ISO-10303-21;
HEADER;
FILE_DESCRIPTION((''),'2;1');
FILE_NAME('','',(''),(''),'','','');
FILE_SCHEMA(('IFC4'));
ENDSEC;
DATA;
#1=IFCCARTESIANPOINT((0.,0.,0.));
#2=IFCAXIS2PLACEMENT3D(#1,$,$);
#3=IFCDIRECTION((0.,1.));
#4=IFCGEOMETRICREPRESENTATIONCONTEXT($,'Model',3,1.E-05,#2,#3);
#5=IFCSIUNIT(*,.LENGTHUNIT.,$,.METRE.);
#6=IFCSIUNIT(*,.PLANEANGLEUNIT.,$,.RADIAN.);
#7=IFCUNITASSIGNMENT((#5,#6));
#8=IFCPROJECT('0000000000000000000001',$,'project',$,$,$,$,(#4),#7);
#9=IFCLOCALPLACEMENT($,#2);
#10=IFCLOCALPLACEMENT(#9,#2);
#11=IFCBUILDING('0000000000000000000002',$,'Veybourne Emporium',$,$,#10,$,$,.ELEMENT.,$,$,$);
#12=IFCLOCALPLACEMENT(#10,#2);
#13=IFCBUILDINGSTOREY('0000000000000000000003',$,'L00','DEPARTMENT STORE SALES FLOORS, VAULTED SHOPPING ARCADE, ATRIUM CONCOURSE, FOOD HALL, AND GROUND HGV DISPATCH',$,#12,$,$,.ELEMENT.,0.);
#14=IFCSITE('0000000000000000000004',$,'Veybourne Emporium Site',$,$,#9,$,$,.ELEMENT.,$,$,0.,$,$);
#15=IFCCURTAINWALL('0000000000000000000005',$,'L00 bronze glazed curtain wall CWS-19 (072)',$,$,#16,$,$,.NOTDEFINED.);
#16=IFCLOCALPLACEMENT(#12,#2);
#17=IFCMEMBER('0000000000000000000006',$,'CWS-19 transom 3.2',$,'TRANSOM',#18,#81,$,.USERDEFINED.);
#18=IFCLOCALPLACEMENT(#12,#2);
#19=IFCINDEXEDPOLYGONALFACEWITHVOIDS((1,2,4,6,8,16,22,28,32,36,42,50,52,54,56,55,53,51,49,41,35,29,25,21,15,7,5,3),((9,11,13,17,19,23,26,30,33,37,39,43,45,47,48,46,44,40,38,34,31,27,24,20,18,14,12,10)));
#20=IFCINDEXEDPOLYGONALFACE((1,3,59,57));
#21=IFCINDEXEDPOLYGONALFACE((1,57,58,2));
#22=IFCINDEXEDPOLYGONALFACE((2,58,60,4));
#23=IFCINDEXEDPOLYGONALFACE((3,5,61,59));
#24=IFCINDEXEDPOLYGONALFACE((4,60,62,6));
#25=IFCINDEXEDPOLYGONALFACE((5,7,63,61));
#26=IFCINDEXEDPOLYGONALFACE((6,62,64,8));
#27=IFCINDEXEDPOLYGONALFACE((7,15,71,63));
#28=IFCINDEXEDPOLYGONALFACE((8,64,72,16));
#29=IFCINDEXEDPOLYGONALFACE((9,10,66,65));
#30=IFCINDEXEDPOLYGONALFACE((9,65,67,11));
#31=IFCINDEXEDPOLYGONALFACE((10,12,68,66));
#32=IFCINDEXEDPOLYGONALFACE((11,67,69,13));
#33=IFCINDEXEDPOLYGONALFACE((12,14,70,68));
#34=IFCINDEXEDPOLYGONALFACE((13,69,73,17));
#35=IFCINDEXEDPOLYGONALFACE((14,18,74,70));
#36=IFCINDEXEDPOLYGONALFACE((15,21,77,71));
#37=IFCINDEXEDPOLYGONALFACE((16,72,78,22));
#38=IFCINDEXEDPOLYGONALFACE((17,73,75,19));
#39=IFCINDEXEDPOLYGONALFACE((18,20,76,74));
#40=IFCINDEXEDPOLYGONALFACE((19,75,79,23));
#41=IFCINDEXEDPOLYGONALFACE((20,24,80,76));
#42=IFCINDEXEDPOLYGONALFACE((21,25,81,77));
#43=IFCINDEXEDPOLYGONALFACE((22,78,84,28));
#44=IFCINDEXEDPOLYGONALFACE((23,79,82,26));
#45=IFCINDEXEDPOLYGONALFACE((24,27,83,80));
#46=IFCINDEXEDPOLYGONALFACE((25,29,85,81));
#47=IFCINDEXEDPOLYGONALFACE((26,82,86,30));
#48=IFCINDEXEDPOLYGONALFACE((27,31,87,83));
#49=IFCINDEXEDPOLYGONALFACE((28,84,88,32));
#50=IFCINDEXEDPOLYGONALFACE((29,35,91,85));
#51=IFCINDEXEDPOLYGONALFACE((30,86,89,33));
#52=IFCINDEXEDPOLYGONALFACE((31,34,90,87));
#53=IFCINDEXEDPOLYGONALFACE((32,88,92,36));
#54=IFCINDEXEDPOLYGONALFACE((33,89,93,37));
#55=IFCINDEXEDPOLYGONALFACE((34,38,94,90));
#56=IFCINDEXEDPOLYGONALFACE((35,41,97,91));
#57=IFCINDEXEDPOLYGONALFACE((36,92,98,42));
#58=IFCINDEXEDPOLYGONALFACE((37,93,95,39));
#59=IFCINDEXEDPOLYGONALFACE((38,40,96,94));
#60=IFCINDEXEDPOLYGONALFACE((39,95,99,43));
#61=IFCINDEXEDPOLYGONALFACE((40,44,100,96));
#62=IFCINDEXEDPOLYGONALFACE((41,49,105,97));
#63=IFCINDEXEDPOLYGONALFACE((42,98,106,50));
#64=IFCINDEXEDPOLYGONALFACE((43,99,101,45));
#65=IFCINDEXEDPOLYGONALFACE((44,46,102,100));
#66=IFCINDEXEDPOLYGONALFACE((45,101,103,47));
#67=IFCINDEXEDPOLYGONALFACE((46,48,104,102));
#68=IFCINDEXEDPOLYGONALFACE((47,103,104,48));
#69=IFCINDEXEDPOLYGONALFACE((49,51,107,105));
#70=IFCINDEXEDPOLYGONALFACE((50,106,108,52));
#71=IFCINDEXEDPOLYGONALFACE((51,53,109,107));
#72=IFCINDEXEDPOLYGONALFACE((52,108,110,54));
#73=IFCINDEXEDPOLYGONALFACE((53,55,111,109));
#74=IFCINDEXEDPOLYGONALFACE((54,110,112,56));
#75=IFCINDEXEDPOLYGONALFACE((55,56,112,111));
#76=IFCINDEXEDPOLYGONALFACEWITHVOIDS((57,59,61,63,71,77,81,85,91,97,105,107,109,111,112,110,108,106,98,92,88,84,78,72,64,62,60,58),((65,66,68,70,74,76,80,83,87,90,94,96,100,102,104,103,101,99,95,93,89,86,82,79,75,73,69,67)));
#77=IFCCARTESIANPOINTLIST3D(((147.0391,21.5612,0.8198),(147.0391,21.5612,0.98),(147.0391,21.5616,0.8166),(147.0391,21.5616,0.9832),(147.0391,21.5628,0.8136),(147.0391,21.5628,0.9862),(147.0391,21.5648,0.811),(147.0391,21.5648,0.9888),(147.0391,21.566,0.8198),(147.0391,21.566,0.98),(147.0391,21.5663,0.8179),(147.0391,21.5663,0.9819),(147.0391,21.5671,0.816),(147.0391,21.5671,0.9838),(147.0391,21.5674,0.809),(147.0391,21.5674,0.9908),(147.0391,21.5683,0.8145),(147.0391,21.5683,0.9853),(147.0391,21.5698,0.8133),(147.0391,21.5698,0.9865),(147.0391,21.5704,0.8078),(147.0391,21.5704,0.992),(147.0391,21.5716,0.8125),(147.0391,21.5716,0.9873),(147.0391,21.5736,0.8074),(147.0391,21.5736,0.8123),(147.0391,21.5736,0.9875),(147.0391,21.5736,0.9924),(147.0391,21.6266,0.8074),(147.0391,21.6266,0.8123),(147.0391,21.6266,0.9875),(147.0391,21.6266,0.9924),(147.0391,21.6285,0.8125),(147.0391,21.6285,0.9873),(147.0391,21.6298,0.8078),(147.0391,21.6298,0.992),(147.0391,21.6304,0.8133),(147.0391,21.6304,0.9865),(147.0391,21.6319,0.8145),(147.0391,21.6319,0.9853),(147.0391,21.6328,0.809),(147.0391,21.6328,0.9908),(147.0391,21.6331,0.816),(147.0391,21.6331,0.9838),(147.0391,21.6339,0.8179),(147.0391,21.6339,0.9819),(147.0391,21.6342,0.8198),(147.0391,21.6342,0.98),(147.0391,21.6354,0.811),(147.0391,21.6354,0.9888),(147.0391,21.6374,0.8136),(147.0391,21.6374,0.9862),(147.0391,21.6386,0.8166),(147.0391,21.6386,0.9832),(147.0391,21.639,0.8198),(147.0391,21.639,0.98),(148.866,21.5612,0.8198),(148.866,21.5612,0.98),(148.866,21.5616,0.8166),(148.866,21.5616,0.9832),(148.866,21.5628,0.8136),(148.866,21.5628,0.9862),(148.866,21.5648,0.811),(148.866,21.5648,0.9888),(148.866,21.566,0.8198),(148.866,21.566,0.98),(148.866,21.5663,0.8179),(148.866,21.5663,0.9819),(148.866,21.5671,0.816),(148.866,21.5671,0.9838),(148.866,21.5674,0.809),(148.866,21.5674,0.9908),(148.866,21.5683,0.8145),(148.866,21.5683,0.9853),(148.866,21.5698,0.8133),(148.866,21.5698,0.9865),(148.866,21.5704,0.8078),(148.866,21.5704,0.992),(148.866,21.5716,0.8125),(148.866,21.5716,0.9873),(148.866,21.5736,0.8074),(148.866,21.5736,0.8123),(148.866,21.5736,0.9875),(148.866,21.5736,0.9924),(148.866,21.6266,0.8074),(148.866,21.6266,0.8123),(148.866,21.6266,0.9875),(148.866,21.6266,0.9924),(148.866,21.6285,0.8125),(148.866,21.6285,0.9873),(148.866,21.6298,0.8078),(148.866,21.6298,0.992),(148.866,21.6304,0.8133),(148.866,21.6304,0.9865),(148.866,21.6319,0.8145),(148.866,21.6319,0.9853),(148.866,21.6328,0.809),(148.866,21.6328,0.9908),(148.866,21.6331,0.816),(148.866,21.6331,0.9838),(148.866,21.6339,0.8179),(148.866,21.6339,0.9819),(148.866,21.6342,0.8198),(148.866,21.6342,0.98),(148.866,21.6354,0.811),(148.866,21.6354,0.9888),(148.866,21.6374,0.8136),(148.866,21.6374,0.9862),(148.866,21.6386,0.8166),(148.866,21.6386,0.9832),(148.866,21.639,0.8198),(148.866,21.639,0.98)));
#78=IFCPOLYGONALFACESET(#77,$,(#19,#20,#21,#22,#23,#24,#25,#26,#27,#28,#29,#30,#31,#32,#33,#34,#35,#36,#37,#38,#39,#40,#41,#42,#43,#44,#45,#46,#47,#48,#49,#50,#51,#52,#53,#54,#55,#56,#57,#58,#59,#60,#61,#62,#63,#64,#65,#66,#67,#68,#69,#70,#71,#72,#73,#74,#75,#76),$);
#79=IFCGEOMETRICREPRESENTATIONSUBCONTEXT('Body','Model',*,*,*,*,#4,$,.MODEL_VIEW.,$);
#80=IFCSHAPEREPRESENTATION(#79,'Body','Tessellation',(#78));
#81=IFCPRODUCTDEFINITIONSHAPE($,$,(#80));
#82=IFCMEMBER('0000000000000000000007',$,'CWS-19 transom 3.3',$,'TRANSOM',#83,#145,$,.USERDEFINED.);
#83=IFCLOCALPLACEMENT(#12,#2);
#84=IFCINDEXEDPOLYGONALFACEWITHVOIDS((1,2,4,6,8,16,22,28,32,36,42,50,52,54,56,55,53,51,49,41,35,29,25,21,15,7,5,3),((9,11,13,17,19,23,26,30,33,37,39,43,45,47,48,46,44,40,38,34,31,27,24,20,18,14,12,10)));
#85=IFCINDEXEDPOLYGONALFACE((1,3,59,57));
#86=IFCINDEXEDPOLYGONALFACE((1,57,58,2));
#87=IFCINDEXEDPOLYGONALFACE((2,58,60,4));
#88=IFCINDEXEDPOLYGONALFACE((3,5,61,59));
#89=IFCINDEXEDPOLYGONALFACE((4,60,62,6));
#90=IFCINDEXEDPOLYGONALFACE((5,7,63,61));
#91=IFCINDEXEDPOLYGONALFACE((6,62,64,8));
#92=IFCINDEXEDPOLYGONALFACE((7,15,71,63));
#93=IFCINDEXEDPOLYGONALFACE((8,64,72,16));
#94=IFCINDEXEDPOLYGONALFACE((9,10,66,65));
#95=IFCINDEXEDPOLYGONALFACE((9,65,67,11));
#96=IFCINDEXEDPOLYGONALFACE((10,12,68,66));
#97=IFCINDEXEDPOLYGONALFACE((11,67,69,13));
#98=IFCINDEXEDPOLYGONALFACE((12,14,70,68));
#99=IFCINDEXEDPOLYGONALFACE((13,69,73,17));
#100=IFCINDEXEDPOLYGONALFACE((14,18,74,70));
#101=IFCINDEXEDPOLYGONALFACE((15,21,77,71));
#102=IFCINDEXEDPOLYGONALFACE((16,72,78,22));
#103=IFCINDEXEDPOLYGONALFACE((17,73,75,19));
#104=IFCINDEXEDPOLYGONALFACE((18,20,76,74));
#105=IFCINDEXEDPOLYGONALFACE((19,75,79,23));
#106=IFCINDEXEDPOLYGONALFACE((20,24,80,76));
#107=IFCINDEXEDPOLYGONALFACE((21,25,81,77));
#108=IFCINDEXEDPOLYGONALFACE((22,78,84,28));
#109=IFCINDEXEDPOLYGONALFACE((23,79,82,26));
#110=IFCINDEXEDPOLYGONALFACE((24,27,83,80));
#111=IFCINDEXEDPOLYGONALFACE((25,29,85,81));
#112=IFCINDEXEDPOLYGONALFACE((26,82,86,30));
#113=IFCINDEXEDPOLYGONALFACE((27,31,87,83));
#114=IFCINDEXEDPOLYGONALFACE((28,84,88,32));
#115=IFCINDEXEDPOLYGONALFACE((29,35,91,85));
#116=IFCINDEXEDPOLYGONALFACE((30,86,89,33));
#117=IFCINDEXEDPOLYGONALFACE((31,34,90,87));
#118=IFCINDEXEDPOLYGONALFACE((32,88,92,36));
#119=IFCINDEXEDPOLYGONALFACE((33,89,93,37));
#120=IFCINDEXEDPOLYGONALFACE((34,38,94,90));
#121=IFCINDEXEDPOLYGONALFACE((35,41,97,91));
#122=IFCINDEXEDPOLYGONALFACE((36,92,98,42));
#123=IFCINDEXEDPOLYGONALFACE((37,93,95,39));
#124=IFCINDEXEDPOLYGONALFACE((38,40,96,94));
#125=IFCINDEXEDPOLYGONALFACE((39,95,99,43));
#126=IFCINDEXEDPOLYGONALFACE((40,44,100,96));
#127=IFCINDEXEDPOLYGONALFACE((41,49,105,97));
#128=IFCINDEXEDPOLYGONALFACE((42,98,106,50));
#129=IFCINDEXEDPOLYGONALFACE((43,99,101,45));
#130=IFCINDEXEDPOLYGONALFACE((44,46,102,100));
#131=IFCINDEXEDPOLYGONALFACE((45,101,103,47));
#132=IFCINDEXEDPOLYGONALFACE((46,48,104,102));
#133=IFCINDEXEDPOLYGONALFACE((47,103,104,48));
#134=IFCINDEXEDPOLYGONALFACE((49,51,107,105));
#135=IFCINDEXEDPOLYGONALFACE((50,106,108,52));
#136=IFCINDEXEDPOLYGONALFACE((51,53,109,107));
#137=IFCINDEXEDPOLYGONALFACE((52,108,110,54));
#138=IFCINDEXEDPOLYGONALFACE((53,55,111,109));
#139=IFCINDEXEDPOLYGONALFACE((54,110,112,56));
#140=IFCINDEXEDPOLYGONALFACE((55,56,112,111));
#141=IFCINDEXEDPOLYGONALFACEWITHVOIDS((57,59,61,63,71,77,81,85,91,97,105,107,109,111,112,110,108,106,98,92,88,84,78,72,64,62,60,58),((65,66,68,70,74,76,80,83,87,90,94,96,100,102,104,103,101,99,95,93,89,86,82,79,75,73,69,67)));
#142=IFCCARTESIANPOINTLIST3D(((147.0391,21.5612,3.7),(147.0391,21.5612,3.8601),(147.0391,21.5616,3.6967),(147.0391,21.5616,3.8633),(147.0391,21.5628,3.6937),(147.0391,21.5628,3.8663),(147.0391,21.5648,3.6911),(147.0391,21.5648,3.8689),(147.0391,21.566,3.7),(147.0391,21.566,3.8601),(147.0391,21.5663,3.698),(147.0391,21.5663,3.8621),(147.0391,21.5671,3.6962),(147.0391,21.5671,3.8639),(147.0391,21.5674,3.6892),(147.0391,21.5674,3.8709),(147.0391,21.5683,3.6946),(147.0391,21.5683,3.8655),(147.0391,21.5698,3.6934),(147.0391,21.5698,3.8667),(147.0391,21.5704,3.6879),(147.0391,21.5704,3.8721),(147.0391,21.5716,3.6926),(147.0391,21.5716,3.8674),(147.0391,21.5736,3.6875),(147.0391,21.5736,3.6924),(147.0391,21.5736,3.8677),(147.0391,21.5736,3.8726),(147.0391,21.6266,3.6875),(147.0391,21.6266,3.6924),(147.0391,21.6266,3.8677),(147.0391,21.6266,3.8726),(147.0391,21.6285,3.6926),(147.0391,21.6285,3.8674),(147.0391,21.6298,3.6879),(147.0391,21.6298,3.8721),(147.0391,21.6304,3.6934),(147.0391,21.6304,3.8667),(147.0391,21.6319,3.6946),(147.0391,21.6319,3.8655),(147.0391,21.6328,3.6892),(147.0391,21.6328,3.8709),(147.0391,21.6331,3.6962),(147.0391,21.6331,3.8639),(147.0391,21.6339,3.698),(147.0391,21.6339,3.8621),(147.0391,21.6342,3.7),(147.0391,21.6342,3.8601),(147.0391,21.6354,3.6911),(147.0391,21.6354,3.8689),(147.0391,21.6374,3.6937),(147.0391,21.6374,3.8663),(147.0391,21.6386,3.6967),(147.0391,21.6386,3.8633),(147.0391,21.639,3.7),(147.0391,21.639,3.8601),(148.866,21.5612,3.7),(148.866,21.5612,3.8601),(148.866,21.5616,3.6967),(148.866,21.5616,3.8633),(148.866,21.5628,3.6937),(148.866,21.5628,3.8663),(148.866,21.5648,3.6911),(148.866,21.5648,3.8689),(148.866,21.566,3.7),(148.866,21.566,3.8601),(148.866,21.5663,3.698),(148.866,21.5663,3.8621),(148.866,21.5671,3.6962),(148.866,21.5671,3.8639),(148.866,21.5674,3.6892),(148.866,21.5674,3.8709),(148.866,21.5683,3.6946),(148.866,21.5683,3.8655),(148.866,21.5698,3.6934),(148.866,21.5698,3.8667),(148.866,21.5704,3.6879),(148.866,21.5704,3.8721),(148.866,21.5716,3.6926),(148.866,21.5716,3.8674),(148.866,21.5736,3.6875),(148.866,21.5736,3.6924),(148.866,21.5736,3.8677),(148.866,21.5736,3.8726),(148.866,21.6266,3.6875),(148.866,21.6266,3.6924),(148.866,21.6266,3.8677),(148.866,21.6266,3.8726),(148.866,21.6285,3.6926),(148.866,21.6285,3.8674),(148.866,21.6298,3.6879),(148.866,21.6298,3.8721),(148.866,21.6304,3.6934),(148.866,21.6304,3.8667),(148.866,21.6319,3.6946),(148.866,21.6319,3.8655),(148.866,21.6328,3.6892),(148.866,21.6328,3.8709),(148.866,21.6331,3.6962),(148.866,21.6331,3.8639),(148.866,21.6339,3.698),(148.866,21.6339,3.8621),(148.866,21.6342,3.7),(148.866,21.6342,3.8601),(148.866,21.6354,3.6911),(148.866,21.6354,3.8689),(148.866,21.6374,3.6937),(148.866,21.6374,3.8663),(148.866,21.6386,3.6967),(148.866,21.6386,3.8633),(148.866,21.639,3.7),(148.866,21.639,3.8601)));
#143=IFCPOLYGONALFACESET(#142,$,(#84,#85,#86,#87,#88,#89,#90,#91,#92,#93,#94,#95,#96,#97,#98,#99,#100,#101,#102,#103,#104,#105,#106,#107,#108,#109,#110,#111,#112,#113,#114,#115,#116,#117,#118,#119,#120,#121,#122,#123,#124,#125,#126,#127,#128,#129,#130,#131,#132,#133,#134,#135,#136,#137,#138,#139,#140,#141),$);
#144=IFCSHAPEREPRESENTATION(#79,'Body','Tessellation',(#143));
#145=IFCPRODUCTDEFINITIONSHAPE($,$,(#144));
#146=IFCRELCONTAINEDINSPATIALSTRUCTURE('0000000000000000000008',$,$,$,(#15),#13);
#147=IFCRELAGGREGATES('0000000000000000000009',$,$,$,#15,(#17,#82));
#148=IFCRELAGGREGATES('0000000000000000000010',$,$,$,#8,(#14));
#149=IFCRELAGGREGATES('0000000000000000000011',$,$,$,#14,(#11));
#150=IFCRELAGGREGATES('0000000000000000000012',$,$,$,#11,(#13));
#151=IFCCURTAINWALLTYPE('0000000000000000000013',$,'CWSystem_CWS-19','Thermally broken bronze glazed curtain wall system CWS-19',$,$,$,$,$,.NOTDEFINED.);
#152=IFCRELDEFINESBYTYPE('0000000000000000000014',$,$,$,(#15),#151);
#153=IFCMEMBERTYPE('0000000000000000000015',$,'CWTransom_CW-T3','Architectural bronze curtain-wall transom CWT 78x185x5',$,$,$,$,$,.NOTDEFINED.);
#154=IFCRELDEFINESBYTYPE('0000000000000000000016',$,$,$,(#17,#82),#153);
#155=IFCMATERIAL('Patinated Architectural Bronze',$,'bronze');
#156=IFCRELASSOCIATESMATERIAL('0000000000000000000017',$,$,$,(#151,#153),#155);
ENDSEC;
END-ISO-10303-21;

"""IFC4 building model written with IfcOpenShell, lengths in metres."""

from ifc_helpers import new_model, si_unit, direction, frame, origin, origin_2d, place, context, subcontext, project, spatial, hollow_rectangle, extrude, material, material_profile, profile_set, type_object, element, aggregate, save


model = new_model("IFC4")

# Units and contexts
model_context = context("Model", 3, precision=1e-05, world=origin(), true_north=direction((0.0, 1.0)))
body_context = subcontext(model_context, "Body", "Model", "MODEL_VIEW")
ifc_project = project(units=[si_unit("LENGTHUNIT", "METRE"), si_unit("PLANEANGLEUNIT", "RADIAN")], contexts=[model_context])

# Site, building, storey
site_placement = place(None, origin())
site = spatial("IfcSite", under=ifc_project, at=site_placement, Name="Veybourne Emporium Site", CompositionType="ELEMENT", RefElevation=0.0)
building_placement = place(site_placement, origin())
building = spatial("IfcBuilding", under=site, at=building_placement, Name="Veybourne Emporium", CompositionType="ELEMENT")
storey_placement = place(building_placement, origin())
storey = spatial("IfcBuildingStorey", under=building, at=storey_placement, Name="L00", Description="DEPARTMENT STORE SALES FLOORS, VAULTED SHOPPING ARCADE, ATRIUM CONCOURSE, FOOD HALL, AND GROUND HGV DISPATCH", CompositionType="ELEMENT", Elevation=0.0)

# Curtain wall, members
ifc_material_1 = material(Name="Patinated Architectural Bronze", Category="bronze")
curtain_wall_type = type_object("IfcCurtainWallType", Name="CWSystem_CWS-19", Description="Thermally broken bronze glazed curtain wall system CWS-19", PredefinedType="NOTDEFINED", material=ifc_material_1)
curtain_wall_placement = place(storey_placement, origin())
curtain_wall = element("IfcCurtainWall", 1, at=curtain_wall_placement, inside=storey, type_object=curtain_wall_type, Name="L00 bronze glazed curtain wall CWS-19 (072)", PredefinedType="NOTDEFINED")
ifc_material_profile_1 = material_profile(ifc_material_1, hollow_rectangle(XDim=0.0779, YDim=0.1851, WallThickness=0.0049, InnerFilletRadius=0.0076, OuterFilletRadius=0.0125, at=origin_2d()), Name="CWT 78x185x5")
ifc_profile_set_1 = profile_set([ifc_material_profile_1], Name="Patinated Architectural Bronze")
member_type_1 = type_object("IfcMemberType", Name="CWTransom_CW-T3", Description="Architectural bronze curtain-wall transom CWT 78x185x5", PredefinedType="NOTDEFINED", material=ifc_profile_set_1)
member_1_placement = place(storey_placement, frame((147.0391, 21.6001, 0.8999), z_axis=(1.0, 0.0, 0.0), x_axis=(0.0, 1.0, 0.0)))
member_1 = element("IfcMember", 2, at=member_1_placement, type_object=member_type_1, Name="CWS-19 transom 3.2", ObjectType="TRANSOM", PredefinedType="USERDEFINED", context=body_context, shape_type="SweptSolid", body=[
    extrude(hollow_rectangle(XDim=0.0779, YDim=0.1851, WallThickness=0.0049, InnerFilletRadius=0.0076, OuterFilletRadius=0.0125, at=origin_2d()), origin(), (0.0, 0.0, 1.0), 1.8269),
])
member_2_placement = place(storey_placement, frame((147.0391, 21.6001, 3.78), z_axis=(1.0, 0.0, 0.0), x_axis=(0.0, 1.0, 0.0)))
member_2 = element("IfcMember", 3, at=member_2_placement, type_object=member_type_1, Name="CWS-19 transom 3.3", ObjectType="TRANSOM", PredefinedType="USERDEFINED", context=body_context, shape_type="SweptSolid", body=[
    extrude(hollow_rectangle(XDim=0.0779, YDim=0.1851, WallThickness=0.0049, InnerFilletRadius=0.0076, OuterFilletRadius=0.0125, at=origin_2d()), origin(), (0.0, 0.0, 1.0), 1.8269),
])

aggregate(curtain_wall, [member_1, member_2])

save(model, "model.ifc")
